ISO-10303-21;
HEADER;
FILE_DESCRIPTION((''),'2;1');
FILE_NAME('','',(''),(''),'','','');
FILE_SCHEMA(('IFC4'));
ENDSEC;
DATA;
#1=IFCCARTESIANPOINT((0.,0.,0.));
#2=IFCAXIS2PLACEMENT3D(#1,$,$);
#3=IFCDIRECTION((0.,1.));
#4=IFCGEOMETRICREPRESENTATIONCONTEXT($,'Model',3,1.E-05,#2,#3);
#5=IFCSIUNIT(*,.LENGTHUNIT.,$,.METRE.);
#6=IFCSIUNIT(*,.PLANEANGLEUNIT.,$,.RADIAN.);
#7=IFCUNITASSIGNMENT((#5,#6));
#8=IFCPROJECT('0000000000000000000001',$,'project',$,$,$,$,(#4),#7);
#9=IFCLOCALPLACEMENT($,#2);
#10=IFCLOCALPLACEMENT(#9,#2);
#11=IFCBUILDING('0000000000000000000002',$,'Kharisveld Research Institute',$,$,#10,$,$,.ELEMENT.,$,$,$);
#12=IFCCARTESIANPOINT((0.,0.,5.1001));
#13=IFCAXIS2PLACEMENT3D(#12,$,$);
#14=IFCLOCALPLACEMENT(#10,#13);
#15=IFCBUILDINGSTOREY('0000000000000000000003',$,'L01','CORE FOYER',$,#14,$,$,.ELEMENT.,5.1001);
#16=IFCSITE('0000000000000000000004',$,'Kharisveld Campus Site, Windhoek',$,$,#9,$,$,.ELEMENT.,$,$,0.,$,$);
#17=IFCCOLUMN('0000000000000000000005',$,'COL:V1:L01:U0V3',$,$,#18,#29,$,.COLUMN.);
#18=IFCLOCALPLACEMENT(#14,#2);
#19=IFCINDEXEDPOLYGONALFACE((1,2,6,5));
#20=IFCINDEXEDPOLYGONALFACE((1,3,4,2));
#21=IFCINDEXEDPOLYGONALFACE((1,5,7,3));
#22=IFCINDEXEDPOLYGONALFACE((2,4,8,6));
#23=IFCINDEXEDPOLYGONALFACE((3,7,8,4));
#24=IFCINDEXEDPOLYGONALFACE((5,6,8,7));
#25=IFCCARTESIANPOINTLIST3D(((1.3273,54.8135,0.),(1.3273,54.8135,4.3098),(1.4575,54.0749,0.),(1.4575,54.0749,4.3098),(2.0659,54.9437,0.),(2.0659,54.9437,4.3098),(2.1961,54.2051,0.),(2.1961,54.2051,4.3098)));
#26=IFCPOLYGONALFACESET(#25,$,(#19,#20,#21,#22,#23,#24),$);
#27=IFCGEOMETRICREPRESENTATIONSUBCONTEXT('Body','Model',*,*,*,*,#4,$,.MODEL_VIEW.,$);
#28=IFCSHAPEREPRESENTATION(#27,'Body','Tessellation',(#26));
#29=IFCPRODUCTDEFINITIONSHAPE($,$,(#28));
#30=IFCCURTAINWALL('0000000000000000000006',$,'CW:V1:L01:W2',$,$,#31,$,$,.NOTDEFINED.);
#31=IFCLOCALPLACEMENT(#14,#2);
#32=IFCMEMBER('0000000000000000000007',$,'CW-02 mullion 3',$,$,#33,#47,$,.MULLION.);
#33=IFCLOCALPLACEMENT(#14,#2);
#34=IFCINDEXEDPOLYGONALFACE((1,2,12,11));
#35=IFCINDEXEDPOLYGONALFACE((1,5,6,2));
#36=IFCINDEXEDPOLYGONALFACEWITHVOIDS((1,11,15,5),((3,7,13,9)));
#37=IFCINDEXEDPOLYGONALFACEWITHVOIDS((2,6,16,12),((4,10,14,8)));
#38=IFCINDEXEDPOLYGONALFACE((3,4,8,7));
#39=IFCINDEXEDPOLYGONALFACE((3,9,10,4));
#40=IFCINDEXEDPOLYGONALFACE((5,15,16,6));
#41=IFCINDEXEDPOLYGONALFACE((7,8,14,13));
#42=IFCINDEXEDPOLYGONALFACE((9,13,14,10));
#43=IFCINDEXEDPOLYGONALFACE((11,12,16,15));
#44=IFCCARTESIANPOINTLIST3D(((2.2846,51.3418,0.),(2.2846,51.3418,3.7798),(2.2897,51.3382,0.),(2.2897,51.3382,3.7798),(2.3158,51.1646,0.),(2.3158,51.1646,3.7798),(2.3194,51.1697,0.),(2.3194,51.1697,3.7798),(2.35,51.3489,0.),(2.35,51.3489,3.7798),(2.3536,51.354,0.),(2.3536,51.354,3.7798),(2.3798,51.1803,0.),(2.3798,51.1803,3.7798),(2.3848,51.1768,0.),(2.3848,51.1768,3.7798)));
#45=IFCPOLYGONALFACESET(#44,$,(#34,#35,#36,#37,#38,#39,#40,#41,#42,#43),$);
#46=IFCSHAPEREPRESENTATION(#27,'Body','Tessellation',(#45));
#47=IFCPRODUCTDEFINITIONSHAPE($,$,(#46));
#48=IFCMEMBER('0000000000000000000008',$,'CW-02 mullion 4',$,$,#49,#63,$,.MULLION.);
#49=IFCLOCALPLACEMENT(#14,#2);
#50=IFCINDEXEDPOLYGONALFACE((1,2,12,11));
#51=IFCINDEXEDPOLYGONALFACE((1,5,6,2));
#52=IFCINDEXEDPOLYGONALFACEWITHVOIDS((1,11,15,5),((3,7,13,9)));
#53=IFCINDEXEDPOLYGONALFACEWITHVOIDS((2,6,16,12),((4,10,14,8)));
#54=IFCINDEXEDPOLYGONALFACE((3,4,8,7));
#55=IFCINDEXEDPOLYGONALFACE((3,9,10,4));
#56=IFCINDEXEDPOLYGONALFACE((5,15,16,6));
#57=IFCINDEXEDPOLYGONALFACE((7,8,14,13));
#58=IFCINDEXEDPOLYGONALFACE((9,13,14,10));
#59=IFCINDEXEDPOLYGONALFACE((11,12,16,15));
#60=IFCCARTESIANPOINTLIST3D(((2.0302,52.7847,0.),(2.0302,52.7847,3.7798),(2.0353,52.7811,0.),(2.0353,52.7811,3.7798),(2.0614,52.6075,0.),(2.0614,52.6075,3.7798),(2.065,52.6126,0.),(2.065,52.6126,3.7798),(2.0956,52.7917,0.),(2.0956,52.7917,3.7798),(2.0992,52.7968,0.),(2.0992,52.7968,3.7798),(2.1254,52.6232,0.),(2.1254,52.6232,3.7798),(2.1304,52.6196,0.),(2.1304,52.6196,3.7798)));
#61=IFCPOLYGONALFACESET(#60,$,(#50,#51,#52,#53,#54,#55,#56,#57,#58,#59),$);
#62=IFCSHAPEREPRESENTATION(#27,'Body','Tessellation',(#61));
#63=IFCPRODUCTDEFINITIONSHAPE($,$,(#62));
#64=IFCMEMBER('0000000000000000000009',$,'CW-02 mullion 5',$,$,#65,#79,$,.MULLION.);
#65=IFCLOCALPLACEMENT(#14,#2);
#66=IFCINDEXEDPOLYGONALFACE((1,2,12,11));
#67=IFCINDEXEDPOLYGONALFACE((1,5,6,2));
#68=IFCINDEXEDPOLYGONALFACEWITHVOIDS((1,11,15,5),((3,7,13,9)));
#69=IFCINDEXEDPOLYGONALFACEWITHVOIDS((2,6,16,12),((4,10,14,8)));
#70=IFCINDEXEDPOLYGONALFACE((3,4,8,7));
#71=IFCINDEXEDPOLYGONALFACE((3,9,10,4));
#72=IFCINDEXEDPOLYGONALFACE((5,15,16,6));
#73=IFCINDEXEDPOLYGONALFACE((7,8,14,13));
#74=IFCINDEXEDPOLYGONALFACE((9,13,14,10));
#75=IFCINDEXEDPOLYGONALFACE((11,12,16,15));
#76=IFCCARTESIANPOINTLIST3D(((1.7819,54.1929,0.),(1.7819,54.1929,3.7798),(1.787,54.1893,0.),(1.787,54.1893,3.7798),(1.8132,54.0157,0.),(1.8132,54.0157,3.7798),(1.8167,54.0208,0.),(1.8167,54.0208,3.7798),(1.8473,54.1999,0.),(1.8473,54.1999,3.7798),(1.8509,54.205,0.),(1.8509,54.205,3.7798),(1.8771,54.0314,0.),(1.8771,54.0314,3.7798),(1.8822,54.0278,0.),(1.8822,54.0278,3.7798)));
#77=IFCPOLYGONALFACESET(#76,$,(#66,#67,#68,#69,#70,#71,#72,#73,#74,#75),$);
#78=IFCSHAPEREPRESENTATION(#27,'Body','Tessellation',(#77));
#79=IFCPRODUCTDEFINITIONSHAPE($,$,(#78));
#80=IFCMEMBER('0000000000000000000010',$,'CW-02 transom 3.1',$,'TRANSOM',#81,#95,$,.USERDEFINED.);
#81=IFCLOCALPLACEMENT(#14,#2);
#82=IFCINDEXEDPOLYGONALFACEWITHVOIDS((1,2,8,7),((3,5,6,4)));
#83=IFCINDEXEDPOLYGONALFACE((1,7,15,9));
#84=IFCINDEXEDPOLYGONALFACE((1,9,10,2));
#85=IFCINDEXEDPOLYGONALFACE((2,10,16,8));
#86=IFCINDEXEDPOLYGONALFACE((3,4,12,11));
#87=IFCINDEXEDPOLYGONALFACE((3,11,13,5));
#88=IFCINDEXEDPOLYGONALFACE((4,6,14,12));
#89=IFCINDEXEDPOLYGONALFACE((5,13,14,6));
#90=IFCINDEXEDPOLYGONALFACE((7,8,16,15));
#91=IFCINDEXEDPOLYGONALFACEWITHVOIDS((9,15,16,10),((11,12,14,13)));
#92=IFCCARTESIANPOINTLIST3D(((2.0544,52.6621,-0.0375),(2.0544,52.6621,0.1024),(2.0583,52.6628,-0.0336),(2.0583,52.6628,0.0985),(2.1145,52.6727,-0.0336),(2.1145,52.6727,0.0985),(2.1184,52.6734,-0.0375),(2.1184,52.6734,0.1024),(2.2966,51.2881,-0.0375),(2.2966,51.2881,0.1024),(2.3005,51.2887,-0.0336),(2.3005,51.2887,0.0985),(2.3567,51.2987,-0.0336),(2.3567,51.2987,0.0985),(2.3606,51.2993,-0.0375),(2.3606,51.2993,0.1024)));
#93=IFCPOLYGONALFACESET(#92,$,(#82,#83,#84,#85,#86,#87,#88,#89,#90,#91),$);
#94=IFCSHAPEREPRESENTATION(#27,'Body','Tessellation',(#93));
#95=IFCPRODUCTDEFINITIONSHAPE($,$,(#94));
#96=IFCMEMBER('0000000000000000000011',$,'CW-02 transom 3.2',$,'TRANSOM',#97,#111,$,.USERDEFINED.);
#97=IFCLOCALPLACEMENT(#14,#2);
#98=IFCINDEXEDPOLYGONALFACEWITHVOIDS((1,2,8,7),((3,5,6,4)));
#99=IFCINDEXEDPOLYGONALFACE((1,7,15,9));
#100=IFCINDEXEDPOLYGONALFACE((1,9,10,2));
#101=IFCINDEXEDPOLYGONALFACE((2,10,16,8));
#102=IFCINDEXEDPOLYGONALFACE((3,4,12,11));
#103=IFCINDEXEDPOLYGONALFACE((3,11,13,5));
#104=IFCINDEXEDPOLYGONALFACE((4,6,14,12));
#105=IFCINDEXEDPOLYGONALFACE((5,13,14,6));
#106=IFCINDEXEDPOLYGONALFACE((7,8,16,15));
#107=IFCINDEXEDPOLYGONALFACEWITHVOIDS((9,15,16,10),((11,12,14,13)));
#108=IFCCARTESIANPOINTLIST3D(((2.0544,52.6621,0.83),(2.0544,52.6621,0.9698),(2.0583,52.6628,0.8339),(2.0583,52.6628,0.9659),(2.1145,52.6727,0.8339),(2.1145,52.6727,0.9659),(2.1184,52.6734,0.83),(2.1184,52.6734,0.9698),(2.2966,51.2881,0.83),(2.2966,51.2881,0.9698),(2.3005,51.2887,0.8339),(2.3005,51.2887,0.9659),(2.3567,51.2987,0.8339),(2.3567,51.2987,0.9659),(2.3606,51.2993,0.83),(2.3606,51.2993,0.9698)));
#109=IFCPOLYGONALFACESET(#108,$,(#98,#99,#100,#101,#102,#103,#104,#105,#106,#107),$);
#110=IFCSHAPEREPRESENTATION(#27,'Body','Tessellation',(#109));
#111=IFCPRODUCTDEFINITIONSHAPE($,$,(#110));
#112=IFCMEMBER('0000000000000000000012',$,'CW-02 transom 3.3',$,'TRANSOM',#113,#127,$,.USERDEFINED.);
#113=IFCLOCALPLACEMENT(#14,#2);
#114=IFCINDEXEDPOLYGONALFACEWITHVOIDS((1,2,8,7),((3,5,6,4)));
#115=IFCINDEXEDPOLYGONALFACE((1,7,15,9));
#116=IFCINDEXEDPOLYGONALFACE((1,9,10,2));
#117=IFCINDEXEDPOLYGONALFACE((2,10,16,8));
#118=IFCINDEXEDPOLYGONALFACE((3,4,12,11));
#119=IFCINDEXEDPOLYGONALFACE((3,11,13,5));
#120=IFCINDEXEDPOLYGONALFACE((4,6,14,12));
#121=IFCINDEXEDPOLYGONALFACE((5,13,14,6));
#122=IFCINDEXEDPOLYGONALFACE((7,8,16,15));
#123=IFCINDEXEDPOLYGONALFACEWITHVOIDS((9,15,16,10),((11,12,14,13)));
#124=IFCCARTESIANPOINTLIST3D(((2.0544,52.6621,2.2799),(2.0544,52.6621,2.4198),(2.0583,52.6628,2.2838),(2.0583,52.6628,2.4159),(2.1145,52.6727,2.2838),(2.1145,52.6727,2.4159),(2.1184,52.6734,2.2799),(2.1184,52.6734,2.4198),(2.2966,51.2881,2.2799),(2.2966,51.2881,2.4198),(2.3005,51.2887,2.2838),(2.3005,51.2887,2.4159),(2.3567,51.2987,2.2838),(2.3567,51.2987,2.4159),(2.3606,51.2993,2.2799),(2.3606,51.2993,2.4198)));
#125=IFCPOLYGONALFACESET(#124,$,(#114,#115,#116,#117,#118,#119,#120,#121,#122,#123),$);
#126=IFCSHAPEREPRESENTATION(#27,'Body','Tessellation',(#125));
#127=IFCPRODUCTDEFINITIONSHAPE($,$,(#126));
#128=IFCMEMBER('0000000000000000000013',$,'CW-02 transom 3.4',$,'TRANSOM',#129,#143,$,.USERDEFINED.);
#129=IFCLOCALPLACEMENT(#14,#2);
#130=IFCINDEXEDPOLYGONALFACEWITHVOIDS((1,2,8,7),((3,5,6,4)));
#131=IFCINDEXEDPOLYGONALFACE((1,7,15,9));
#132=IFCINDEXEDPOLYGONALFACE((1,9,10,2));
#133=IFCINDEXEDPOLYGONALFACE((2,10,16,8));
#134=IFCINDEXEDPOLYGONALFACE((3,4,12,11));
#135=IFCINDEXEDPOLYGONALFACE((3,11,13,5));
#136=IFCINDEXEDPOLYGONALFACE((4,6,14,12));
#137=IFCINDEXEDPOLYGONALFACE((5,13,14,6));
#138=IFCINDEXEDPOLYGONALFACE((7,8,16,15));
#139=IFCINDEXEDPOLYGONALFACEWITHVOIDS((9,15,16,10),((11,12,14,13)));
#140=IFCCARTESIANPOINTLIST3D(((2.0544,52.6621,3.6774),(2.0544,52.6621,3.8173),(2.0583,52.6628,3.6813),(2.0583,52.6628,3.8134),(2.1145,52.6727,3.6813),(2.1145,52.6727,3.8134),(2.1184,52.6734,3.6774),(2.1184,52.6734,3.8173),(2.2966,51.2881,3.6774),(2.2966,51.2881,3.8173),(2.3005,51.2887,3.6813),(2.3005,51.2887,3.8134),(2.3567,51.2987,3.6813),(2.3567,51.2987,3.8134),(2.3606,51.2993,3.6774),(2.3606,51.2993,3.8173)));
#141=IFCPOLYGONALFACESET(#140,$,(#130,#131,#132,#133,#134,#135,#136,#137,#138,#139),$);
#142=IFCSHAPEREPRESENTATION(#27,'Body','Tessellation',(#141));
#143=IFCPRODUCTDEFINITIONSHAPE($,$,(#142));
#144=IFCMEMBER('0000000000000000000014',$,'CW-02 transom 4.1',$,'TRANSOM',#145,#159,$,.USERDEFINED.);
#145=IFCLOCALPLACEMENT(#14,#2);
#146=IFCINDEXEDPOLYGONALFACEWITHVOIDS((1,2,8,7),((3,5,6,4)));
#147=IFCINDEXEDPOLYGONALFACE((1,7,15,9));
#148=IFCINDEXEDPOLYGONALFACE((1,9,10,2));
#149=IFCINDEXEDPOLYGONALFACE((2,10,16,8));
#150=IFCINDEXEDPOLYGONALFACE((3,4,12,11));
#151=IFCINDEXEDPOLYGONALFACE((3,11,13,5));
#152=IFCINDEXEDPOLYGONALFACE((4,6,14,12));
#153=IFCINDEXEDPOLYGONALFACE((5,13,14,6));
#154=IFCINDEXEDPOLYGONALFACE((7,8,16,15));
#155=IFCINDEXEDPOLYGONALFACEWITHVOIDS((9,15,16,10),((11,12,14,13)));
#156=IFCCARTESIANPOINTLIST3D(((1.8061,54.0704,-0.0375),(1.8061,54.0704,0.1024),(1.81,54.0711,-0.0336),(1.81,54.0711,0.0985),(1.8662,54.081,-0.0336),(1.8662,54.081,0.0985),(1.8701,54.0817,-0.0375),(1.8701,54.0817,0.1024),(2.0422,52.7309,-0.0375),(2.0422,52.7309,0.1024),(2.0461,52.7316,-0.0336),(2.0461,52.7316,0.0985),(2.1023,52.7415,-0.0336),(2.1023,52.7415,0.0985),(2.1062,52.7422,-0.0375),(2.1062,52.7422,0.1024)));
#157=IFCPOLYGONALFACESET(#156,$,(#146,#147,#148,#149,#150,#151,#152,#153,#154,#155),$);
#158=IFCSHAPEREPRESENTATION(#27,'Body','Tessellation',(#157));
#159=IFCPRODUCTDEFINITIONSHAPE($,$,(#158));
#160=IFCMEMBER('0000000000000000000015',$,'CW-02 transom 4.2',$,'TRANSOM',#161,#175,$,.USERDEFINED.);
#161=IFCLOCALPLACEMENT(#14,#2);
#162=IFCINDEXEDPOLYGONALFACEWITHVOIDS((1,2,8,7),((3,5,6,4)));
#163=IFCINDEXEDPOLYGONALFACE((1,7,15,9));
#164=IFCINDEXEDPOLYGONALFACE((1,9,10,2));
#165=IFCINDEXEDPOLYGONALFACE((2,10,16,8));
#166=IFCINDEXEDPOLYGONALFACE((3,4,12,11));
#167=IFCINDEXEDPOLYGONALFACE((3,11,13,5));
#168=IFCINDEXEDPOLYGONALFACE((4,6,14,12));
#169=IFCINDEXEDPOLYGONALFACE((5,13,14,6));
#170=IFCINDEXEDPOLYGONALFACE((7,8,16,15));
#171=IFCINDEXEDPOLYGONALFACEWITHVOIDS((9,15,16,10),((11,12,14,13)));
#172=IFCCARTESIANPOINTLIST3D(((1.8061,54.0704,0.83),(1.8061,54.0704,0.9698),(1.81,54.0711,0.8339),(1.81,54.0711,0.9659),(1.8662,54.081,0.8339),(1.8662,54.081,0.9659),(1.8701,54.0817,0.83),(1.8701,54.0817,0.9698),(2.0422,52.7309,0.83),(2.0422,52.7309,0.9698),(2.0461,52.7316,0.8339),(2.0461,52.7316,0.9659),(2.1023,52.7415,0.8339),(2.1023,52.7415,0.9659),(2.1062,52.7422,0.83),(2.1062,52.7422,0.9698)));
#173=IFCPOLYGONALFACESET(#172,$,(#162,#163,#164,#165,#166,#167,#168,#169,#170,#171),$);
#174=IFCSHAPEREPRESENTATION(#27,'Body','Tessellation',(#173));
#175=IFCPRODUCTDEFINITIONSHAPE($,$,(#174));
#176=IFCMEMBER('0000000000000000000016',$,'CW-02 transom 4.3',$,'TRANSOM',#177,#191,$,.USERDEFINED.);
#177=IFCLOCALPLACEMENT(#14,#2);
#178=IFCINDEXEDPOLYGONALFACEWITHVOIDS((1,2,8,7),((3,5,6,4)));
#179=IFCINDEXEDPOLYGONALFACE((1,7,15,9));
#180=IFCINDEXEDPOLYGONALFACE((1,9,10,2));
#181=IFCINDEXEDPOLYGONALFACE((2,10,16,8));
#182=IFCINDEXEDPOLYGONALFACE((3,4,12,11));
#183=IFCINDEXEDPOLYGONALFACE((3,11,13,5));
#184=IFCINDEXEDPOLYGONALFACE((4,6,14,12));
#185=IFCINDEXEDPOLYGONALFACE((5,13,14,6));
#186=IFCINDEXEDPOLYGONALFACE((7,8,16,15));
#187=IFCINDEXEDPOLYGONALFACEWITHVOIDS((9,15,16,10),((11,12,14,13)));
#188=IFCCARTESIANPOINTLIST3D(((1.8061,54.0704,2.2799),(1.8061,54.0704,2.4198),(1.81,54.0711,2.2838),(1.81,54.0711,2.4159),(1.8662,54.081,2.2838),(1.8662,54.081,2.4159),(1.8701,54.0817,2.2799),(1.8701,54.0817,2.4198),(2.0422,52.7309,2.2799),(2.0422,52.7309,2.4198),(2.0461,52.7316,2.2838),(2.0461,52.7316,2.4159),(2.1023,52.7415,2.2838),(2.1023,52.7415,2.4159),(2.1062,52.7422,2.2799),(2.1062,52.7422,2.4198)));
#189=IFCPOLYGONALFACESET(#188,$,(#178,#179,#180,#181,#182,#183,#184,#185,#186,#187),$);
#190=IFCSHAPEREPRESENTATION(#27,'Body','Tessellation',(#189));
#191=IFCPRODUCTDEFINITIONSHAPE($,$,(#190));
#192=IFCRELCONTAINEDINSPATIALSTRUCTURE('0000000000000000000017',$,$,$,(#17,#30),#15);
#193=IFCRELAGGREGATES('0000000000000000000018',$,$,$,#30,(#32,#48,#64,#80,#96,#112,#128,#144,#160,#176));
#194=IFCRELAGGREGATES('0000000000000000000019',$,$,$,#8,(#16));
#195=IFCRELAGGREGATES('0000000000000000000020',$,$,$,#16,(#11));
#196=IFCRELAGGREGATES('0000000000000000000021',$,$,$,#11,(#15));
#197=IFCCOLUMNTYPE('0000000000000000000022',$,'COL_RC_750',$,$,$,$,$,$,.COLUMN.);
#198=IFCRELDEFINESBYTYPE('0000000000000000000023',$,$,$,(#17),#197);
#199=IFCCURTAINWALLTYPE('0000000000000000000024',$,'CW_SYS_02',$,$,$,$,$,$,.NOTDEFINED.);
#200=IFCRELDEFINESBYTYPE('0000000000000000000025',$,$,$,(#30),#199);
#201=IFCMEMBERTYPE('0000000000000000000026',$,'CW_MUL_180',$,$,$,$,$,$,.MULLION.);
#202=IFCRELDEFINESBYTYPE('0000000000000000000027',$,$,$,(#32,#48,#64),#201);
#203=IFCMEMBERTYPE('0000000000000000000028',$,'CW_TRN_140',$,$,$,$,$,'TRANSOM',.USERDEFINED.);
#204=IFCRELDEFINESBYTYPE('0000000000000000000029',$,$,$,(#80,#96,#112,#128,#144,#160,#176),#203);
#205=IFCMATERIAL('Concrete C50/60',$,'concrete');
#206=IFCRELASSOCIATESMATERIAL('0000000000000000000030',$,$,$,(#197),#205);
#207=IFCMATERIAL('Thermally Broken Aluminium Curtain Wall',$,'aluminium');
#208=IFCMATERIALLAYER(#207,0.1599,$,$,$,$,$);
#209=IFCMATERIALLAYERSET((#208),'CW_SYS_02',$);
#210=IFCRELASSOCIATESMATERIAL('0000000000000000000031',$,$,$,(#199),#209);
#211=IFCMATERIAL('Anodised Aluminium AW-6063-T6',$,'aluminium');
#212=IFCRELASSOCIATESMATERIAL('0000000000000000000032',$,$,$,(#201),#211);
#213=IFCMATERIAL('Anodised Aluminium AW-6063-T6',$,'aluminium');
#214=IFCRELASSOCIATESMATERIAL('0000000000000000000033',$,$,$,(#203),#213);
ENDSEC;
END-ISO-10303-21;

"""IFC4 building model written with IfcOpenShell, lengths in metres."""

from ifc_helpers import new_model, si_unit, direction, frame, origin, origin_2d, place, context, subcontext, project, spatial, rectangle, hollow_rectangle, extrude, material, layer, layer_set, material_profile, profile_set, type_object, element, aggregate, save


model = new_model("IFC4")

# Units and contexts
model_context = context("Model", 3, precision=1e-05, world=origin(), true_north=direction((0.0, 1.0)))
body_context = subcontext(model_context, "Body", "Model", "MODEL_VIEW")
ifc_project = project(units=[si_unit("LENGTHUNIT", "METRE"), si_unit("PLANEANGLEUNIT", "RADIAN")], contexts=[model_context])

# Site, building, storey
site_placement = place(None, origin())
site = spatial("IfcSite", under=ifc_project, at=site_placement, Name="Kharisveld Campus Site, Windhoek", CompositionType="ELEMENT", RefElevation=0.0)
building_placement = place(site_placement, origin())
building = spatial("IfcBuilding", under=site, at=building_placement, Name="Kharisveld Research Institute", CompositionType="ELEMENT")
storey_placement = place(building_placement, frame((0.0, 0.0, 5.1001)))
storey = spatial("IfcBuildingStorey", under=building, at=storey_placement, Name="L01", Description="CORE FOYER", CompositionType="ELEMENT", Elevation=5.1001)

# Column
ifc_material_1 = material(Name="Concrete C50/60", Category="concrete")
ifc_material_profile_1 = material_profile(ifc_material_1, rectangle(XDim=0.75, YDim=0.75, at=origin_2d()))
ifc_profile_set_1 = profile_set([ifc_material_profile_1], Name="Concrete C50/60")
column_type = type_object("IfcColumnType", Name="COL_RC_750", PredefinedType="COLUMN", material=ifc_profile_set_1)
column_placement = place(storey_placement, frame((1.7617, 54.5093, 0.0), z_axis=(0.0, 0.0, 1.0), x_axis=(0.984808, 0.173648, 0.0)))
element("IfcColumn", 1, at=column_placement, inside=storey, type_object=column_type, Name="COL:V1:L01:U0V3", PredefinedType="COLUMN", context=body_context, shape_type="SweptSolid", body=[
    extrude(rectangle(XDim=0.75, YDim=0.75, at=origin_2d()), origin(), (0.0, 0.0, 1.0), 4.3098),
])

# Curtain wall, members
ifc_material_2 = material(Name="Thermally Broken Aluminium Curtain Wall", Category="aluminium")
ifc_layer_1 = layer(ifc_material_2, 0.1599)
ifc_layer_set_1 = layer_set([ifc_layer_1], Name="CW_SYS_02")
curtain_wall_type = type_object("IfcCurtainWallType", Name="CW_SYS_02", PredefinedType="NOTDEFINED", material=ifc_layer_set_1)
curtain_wall_placement = place(storey_placement, origin())
curtain_wall = element("IfcCurtainWall", 2, at=curtain_wall_placement, inside=storey, type_object=curtain_wall_type, Name="CW:V1:L01:W2", PredefinedType="NOTDEFINED")
ifc_material_3 = material(Name="Anodised Aluminium AW-6063-T6", Category="aluminium")
ifc_material_profile_2 = material_profile(ifc_material_3, hollow_rectangle(XDim=0.0701, YDim=0.1799, WallThickness=0.0044, at=origin_2d()))
ifc_profile_set_2 = profile_set([ifc_material_profile_2], Name="Anodised Aluminium AW-6063-T6")
member_type_1 = type_object("IfcMemberType", Name="CW_MUL_180", PredefinedType="MULLION", material=ifc_profile_set_2)
member_1_placement = place(storey_placement, frame((2.3347, 51.2593, 0.0), z_axis=(0.0, 0.0, 1.0), x_axis=(-0.984808, -0.173648, 0.0)))
member_1 = element("IfcMember", 3, at=member_1_placement, type_object=member_type_1, Name="CW-02 mullion 3", PredefinedType="MULLION", context=body_context, shape_type="SweptSolid", body=[
    extrude(hollow_rectangle(XDim=0.0701, YDim=0.1799, WallThickness=0.0044, at=origin_2d()), origin(), (0.0, 0.0, 1.0), 3.7798),
])
member_2_placement = place(storey_placement, frame((2.0803, 52.7021, 0.0), z_axis=(0.0, 0.0, 1.0), x_axis=(-0.984808, -0.173648, 0.0)))
member_2 = element("IfcMember", 4, at=member_2_placement, type_object=member_type_1, Name="CW-02 mullion 4", PredefinedType="MULLION", context=body_context, shape_type="SweptSolid", body=[
    extrude(hollow_rectangle(XDim=0.0701, YDim=0.1799, WallThickness=0.0044, at=origin_2d()), origin(), (0.0, 0.0, 1.0), 3.7798),
])
member_3_placement = place(storey_placement, frame((1.832, 54.1104, 0.0), z_axis=(0.0, 0.0, 1.0), x_axis=(-0.984808, -0.173648, 0.0)))
member_3 = element("IfcMember", 5, at=member_3_placement, type_object=member_type_1, Name="CW-02 mullion 5", PredefinedType="MULLION", context=body_context, shape_type="SweptSolid", body=[
    extrude(hollow_rectangle(XDim=0.0701, YDim=0.1799, WallThickness=0.0044, at=origin_2d()), origin(), (0.0, 0.0, 1.0), 3.7798),
])
ifc_material_4 = material(Name="Anodised Aluminium AW-6063-T6", Category="aluminium")
ifc_material_profile_3 = material_profile(ifc_material_4, hollow_rectangle(XDim=0.0649, YDim=0.1399, WallThickness=0.0039, at=origin_2d()))
ifc_profile_set_3 = profile_set([ifc_material_profile_3], Name="Anodised Aluminium AW-6063-T6")
member_type_2 = type_object("IfcMemberType", Name="CW_TRN_140", ElementType="TRANSOM", PredefinedType="USERDEFINED", material=ifc_profile_set_3)
member_4_placement = place(storey_placement, frame((2.3286, 51.2937, 0.0325), z_axis=(-0.173586, 0.984819, 0.0), x_axis=(-0.984819, -0.173586, 0.0)))
member_4 = element("IfcMember", 6, at=member_4_placement, type_object=member_type_2, Name="CW-02 transom 3.1", ObjectType="TRANSOM", PredefinedType="USERDEFINED", context=body_context, shape_type="SweptSolid", body=[
    extrude(hollow_rectangle(XDim=0.0649, YDim=0.1399, WallThickness=0.0039, at=origin_2d()), origin(), (0.0, 0.0, 1.0), 1.3953),
])
member_5_placement = place(storey_placement, frame((2.3286, 51.2937, 0.8999), z_axis=(-0.173586, 0.984819, 0.0), x_axis=(-0.984819, -0.173586, 0.0)))
member_5 = element("IfcMember", 7, at=member_5_placement, type_object=member_type_2, Name="CW-02 transom 3.2", ObjectType="TRANSOM", PredefinedType="USERDEFINED", context=body_context, shape_type="SweptSolid", body=[
    extrude(hollow_rectangle(XDim=0.0649, YDim=0.1399, WallThickness=0.0039, at=origin_2d()), origin(), (0.0, 0.0, 1.0), 1.3953),
])
member_6_placement = place(storey_placement, frame((2.3286, 51.2937, 2.3499), z_axis=(-0.173586, 0.984819, 0.0), x_axis=(-0.984819, -0.173586, 0.0)))
member_6 = element("IfcMember", 8, at=member_6_placement, type_object=member_type_2, Name="CW-02 transom 3.3", ObjectType="TRANSOM", PredefinedType="USERDEFINED", context=body_context, shape_type="SweptSolid", body=[
    extrude(hollow_rectangle(XDim=0.0649, YDim=0.1399, WallThickness=0.0039, at=origin_2d()), origin(), (0.0, 0.0, 1.0), 1.3953),
])
member_7_placement = place(storey_placement, frame((2.3286, 51.2937, 3.7473), z_axis=(-0.173586, 0.984819, 0.0), x_axis=(-0.984819, -0.173586, 0.0)))
member_7 = element("IfcMember", 9, at=member_7_placement, type_object=member_type_2, Name="CW-02 transom 3.4", ObjectType="TRANSOM", PredefinedType="USERDEFINED", context=body_context, shape_type="SweptSolid", body=[
    extrude(hollow_rectangle(XDim=0.0649, YDim=0.1399, WallThickness=0.0039, at=origin_2d()), origin(), (0.0, 0.0, 1.0), 1.3953),
])
member_8_placement = place(storey_placement, frame((2.0742, 52.7366, 0.0325), z_axis=(-0.173591, 0.984818, 0.0), x_axis=(-0.984818, -0.173591, 0.0)))
member_8 = element("IfcMember", 10, at=member_8_placement, type_object=member_type_2, Name="CW-02 transom 4.1", ObjectType="TRANSOM", PredefinedType="USERDEFINED", context=body_context, shape_type="SweptSolid", body=[
    extrude(hollow_rectangle(XDim=0.0649, YDim=0.1399, WallThickness=0.0039, at=origin_2d()), origin(), (0.0, 0.0, 1.0), 1.3601),
])
member_9_placement = place(storey_placement, frame((2.0742, 52.7366, 0.8999), z_axis=(-0.173591, 0.984818, 0.0), x_axis=(-0.984818, -0.173591, 0.0)))
member_9 = element("IfcMember", 11, at=member_9_placement, type_object=member_type_2, Name="CW-02 transom 4.2", ObjectType="TRANSOM", PredefinedType="USERDEFINED", context=body_context, shape_type="SweptSolid", body=[
    extrude(hollow_rectangle(XDim=0.0649, YDim=0.1399, WallThickness=0.0039, at=origin_2d()), origin(), (0.0, 0.0, 1.0), 1.3601),
])
member_10_placement = place(storey_placement, frame((2.0742, 52.7366, 2.3499), z_axis=(-0.173591, 0.984818, 0.0), x_axis=(-0.984818, -0.173591, 0.0)))
member_10 = element("IfcMember", 12, at=member_10_placement, type_object=member_type_2, Name="CW-02 transom 4.3", ObjectType="TRANSOM", PredefinedType="USERDEFINED", context=body_context, shape_type="SweptSolid", body=[
    extrude(hollow_rectangle(XDim=0.0649, YDim=0.1399, WallThickness=0.0039, at=origin_2d()), origin(), (0.0, 0.0, 1.0), 1.3601),
])

aggregate(curtain_wall, [member_1, member_2, member_3, member_4, member_5, member_6, member_7, member_8, member_9, member_10])

save(model, "model.ifc")
